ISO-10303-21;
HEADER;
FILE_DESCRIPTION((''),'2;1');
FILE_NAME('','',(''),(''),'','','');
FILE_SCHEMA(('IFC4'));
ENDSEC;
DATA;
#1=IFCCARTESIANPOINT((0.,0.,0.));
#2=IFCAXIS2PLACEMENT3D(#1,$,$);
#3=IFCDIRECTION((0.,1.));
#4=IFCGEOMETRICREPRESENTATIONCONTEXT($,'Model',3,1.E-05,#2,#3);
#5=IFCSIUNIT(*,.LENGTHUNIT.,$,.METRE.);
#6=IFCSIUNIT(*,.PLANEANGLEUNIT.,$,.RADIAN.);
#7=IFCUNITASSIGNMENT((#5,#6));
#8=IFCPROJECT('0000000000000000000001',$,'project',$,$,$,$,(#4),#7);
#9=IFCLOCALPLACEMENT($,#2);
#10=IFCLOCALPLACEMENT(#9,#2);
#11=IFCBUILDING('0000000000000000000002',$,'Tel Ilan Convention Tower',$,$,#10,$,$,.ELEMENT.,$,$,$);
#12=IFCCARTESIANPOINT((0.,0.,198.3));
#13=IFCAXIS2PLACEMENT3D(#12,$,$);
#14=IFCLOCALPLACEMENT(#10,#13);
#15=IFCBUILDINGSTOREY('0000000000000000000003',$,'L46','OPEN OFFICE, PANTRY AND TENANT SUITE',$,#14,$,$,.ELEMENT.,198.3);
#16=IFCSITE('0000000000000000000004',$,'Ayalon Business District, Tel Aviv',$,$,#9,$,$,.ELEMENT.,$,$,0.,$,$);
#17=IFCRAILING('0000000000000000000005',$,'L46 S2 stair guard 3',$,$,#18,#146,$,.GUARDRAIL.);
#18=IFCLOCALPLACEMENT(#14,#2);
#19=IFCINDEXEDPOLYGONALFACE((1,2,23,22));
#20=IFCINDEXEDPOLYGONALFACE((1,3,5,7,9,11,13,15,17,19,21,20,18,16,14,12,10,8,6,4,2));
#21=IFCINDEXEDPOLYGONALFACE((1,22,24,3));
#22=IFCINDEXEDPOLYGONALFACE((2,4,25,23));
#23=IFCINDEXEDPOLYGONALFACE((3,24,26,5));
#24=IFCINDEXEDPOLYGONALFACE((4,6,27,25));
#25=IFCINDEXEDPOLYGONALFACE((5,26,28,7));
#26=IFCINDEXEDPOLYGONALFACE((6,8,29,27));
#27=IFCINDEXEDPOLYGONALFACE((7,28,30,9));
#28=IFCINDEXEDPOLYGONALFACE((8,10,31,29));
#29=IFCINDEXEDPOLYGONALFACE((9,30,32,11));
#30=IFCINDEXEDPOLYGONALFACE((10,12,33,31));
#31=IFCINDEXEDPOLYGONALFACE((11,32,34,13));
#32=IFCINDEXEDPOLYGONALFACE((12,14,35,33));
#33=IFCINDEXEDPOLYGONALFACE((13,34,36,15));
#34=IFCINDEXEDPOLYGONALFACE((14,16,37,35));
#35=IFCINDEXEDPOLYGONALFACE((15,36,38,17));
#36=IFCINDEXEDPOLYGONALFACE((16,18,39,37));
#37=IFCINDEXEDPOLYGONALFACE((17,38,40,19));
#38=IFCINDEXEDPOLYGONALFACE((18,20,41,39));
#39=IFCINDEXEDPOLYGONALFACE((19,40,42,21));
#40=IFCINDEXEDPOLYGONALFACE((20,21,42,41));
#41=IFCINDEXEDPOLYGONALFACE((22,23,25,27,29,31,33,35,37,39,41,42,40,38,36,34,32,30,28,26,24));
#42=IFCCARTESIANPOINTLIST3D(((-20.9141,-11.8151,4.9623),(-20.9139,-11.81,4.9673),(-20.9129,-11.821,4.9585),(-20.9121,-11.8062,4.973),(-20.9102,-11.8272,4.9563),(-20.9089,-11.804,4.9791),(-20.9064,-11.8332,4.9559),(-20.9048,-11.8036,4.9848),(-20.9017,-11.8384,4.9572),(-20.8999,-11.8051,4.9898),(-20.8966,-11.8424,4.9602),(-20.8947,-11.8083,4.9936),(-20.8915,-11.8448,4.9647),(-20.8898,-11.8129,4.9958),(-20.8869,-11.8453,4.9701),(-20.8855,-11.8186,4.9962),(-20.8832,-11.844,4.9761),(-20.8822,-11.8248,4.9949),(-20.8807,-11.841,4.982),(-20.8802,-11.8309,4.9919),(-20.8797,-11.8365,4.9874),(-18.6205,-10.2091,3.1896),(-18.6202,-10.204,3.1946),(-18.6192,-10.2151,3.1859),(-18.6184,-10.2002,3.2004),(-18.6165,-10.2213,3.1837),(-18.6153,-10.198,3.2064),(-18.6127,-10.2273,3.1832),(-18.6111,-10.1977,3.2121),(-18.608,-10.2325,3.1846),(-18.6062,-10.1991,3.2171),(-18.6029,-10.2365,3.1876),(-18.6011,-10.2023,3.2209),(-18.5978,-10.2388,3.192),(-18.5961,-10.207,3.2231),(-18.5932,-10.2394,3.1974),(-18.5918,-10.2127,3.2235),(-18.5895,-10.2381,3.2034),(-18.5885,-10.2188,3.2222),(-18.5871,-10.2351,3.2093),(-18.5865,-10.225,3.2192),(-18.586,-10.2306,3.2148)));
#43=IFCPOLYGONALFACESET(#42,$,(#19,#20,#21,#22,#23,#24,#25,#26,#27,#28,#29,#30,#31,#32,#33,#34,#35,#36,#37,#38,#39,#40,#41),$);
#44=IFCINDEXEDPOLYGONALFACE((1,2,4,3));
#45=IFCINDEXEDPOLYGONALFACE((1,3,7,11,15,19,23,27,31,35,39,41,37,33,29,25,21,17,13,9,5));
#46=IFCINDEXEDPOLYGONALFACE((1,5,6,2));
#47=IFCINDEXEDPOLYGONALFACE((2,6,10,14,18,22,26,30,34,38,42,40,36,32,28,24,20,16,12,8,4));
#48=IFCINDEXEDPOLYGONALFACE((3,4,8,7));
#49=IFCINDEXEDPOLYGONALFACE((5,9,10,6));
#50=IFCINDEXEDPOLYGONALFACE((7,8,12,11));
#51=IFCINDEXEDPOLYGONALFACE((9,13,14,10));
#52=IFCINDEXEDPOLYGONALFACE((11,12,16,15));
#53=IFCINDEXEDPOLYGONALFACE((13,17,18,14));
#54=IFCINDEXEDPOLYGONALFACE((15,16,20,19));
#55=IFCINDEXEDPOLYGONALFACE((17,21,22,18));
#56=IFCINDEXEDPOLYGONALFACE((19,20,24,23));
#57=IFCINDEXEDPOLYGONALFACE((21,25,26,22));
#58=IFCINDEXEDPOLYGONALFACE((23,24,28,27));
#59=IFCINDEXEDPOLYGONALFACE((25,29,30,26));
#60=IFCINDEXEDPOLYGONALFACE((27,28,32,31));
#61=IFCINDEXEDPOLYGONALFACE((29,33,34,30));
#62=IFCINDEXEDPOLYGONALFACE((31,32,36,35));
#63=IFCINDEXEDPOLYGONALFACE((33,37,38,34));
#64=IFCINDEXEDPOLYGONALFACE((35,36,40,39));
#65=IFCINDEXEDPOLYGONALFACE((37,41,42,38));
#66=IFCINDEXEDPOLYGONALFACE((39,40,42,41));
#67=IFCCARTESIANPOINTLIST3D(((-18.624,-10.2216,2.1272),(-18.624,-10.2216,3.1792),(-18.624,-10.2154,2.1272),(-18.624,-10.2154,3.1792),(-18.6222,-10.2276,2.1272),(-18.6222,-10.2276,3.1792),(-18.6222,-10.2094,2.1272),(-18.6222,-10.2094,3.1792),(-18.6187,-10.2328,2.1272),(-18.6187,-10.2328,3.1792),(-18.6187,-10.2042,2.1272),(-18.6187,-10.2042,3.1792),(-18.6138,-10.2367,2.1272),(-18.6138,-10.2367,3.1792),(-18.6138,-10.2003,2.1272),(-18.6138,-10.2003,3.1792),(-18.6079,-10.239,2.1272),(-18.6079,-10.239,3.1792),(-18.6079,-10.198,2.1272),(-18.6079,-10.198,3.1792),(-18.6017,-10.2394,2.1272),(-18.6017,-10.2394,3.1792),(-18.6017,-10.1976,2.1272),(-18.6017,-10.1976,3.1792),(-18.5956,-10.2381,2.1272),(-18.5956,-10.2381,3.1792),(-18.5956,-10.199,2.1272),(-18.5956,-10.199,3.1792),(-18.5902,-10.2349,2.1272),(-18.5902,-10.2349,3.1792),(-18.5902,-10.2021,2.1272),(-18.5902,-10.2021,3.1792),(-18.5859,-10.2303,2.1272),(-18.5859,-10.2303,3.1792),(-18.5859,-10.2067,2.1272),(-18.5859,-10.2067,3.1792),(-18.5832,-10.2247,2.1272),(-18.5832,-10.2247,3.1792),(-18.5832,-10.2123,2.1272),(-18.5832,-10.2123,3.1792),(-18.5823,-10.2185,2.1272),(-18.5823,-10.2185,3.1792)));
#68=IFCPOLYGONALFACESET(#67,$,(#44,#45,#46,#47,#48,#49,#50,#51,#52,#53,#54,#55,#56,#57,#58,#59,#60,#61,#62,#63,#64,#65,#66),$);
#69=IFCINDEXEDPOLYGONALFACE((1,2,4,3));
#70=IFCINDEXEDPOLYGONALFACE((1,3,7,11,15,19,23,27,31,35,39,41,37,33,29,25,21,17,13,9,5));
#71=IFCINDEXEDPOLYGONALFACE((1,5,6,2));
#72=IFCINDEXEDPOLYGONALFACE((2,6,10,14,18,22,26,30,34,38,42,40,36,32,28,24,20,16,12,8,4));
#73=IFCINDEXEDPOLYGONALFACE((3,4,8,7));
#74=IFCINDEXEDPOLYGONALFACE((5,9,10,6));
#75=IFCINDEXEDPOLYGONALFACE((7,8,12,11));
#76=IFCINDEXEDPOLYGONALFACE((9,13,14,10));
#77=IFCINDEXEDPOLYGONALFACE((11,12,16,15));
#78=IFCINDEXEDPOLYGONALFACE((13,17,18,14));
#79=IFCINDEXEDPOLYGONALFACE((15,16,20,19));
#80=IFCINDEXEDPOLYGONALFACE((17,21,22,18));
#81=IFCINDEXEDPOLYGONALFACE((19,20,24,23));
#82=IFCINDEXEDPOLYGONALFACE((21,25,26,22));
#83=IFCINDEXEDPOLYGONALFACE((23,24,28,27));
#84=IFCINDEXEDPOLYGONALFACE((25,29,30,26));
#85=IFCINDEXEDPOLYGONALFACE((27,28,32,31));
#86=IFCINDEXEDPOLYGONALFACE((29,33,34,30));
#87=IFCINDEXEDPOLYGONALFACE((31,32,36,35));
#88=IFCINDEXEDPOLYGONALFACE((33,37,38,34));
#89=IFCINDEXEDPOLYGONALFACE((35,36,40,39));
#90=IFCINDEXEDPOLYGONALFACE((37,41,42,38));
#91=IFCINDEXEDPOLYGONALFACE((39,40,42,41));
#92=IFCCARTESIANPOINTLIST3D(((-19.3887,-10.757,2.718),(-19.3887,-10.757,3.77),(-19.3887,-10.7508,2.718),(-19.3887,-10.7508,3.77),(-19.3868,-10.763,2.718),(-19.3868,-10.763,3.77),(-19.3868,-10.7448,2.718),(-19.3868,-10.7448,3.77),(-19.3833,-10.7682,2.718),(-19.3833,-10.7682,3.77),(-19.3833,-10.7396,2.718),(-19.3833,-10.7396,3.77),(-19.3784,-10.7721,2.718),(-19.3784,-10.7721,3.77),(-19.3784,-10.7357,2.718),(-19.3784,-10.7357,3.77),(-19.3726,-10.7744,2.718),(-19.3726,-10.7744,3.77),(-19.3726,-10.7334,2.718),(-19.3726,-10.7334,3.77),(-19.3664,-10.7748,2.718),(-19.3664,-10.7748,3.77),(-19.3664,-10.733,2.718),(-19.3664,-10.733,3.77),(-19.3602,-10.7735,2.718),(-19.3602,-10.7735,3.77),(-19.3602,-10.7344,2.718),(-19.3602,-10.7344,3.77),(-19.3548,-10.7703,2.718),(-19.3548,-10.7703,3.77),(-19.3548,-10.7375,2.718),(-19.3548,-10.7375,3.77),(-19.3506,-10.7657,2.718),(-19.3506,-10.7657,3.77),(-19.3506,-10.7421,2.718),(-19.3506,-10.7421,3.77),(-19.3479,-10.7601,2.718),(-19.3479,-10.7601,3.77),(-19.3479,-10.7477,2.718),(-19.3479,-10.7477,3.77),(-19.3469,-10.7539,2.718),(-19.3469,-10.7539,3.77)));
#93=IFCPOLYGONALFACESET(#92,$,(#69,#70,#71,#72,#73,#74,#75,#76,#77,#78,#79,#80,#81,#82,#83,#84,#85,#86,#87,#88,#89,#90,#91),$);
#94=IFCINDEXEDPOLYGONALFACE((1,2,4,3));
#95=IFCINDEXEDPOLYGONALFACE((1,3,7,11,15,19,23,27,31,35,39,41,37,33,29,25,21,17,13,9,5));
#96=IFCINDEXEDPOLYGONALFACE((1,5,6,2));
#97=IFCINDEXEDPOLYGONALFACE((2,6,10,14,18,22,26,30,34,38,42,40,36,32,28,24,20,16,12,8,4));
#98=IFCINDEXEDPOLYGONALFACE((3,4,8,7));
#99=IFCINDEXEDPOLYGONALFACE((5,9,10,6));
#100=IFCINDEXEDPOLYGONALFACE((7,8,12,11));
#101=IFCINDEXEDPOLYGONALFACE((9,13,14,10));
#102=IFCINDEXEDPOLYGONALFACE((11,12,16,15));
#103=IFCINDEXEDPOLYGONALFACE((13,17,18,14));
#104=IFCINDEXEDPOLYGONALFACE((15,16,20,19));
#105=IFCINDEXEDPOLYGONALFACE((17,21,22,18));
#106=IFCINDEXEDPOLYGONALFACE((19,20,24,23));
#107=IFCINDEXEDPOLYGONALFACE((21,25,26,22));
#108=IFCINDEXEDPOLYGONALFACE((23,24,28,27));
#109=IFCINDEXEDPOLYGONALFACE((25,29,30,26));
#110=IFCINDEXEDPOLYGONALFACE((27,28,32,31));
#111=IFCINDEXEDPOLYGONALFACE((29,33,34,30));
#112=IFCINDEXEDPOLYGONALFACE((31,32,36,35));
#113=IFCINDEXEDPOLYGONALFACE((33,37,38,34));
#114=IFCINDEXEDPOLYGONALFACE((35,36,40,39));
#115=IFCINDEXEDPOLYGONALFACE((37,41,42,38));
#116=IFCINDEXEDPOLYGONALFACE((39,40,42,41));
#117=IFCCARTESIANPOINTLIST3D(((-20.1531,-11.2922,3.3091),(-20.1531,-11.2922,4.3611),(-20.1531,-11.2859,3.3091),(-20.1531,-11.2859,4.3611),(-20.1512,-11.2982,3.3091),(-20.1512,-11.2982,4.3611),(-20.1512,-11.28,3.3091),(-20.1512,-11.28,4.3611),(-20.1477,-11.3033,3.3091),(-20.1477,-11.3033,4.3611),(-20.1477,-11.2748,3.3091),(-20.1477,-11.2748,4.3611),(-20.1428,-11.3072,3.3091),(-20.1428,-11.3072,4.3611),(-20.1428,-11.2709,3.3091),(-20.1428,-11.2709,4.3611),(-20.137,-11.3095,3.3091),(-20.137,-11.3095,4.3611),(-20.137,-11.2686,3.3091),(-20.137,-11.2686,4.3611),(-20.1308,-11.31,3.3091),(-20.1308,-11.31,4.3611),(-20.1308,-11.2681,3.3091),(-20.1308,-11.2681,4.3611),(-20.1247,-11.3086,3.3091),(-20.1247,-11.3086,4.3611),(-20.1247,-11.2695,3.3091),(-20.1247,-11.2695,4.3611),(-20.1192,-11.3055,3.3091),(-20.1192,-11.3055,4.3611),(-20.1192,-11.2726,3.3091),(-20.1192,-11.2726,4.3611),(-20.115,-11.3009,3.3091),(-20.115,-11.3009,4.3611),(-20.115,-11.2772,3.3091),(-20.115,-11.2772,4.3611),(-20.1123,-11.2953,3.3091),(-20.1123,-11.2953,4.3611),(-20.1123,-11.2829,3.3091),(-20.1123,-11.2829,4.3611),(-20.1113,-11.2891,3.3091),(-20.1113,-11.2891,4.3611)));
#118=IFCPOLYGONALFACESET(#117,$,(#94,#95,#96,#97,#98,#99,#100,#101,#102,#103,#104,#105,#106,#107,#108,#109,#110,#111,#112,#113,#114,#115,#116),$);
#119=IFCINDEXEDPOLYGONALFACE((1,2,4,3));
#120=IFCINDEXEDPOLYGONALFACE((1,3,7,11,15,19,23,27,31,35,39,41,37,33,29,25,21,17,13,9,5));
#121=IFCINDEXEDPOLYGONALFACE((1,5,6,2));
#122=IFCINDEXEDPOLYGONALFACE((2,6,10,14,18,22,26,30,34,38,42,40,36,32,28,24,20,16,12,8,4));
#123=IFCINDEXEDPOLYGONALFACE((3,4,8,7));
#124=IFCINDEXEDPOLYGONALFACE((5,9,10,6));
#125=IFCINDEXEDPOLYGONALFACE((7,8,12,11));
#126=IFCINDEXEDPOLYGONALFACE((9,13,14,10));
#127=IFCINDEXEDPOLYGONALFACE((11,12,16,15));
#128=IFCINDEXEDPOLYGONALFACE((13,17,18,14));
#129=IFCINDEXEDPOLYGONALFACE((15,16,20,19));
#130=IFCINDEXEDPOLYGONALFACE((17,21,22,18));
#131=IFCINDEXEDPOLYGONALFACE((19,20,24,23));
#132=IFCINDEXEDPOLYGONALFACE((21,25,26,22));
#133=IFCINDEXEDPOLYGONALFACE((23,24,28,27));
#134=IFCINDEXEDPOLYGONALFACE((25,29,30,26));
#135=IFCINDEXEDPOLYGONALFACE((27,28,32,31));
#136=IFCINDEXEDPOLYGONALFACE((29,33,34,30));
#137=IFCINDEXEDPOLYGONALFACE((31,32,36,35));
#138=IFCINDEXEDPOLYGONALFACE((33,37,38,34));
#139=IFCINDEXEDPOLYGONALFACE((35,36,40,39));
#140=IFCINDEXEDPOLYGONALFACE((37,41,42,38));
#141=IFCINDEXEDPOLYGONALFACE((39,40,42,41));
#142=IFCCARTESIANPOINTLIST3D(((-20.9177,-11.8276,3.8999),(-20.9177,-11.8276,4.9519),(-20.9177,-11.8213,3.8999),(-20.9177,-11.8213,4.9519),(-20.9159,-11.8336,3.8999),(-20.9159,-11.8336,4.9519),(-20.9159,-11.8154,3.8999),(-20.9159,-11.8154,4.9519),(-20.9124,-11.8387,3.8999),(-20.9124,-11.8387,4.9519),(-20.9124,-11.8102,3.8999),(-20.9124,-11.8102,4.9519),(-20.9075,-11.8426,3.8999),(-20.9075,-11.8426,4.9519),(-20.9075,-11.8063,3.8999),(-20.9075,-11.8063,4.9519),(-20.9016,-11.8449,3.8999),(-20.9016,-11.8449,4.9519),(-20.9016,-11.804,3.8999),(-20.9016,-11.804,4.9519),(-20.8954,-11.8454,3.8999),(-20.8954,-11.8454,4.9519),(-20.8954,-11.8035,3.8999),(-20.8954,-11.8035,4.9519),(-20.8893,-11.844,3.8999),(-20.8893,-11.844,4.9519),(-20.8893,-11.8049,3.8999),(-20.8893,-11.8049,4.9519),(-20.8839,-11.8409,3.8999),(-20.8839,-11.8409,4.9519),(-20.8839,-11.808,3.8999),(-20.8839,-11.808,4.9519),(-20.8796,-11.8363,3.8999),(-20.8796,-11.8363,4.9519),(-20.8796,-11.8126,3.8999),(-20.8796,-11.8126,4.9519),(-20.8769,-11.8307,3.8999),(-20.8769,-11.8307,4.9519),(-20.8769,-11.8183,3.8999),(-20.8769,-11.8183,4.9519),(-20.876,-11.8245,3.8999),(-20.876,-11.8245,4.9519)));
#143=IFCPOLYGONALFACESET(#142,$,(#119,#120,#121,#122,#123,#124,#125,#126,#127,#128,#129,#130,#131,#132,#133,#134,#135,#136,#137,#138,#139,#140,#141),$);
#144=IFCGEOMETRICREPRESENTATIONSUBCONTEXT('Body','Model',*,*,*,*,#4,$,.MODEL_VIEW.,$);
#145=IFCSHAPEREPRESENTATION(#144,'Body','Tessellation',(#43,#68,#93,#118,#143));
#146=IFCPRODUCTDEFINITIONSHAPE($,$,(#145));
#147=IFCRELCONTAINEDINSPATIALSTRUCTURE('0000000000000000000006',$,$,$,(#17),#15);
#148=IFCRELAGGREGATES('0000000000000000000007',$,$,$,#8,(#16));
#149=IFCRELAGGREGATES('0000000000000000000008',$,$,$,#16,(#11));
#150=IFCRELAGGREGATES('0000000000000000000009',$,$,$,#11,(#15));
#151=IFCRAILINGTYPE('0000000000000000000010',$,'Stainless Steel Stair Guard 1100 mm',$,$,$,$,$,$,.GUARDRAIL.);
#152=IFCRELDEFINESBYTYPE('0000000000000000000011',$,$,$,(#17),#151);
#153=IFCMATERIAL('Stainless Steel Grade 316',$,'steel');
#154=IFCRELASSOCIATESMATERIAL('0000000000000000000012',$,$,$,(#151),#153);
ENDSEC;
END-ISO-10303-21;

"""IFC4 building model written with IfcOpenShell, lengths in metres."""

from ifc_helpers import new_model, si_unit, direction, frame, origin, origin_2d, place, context, subcontext, project, spatial, circle, extrude, material, type_object, element, save


model = new_model("IFC4")

# Units and contexts
model_context = context("Model", 3, precision=1e-05, world=origin(), true_north=direction((0.0, 1.0)))
body_context = subcontext(model_context, "Body", "Model", "MODEL_VIEW")
ifc_project = project(units=[si_unit("LENGTHUNIT", "METRE"), si_unit("PLANEANGLEUNIT", "RADIAN")], contexts=[model_context])

# Site, building, storey
site_placement = place(None, origin())
site = spatial("IfcSite", under=ifc_project, at=site_placement, Name="Ayalon Business District, Tel Aviv", CompositionType="ELEMENT", RefElevation=0.0)
building_placement = place(site_placement, origin())
building = spatial("IfcBuilding", under=site, at=building_placement, Name="Tel Ilan Convention Tower", CompositionType="ELEMENT")
storey_placement = place(building_placement, frame((0.0, 0.0, 198.3)))
storey = spatial("IfcBuildingStorey", under=building, at=storey_placement, Name="L46", Description="OPEN OFFICE, PANTRY AND TENANT SUITE", CompositionType="ELEMENT", Elevation=198.3)

# Railing
ifc_material_1 = material(Name="Stainless Steel Grade 316", Category="steel")
railing_type_1 = type_object("IfcRailingType", Name="Stainless Steel Stair Guard 1100 mm", PredefinedType="GUARDRAIL", material=ifc_material_1)
railing_1_placement = place(storey_placement, frame((-18.6033, -10.2185, 2.1272)))
element("IfcRailing", 1, at=railing_1_placement, inside=storey, type_object=railing_type_1, Name="L46 S2 stair guard 3", PredefinedType="GUARDRAIL", context=body_context, shape_type="SweptSolid", body=[
    extrude(circle(Radius=0.0239, at=origin_2d()), frame((0.0, 0.0, 1.0762), z_axis=(-0.692123, -0.484597, 0.534913), x_axis=(0.57355, -0.81917, 0.0)), (0.0, 0.0, 1.0), 3.314),
    extrude(circle(Radius=0.021, at=origin_2d()), origin(), (0.0, 0.0, 1.0), 1.052),
    extrude(circle(Radius=0.021, at=origin_2d()), frame((-0.7646, -0.5354, 0.5908)), (0.0, 0.0, 1.0), 1.052),
    extrude(circle(Radius=0.021, at=origin_2d()), frame((-1.5291, -1.0706, 1.1819)), (0.0, 0.0, 1.0), 1.052),
    extrude(circle(Radius=0.021, at=origin_2d()), frame((-2.2937, -1.606, 1.7727)), (0.0, 0.0, 1.0), 1.052),
])

save(model, "model.ifc")
